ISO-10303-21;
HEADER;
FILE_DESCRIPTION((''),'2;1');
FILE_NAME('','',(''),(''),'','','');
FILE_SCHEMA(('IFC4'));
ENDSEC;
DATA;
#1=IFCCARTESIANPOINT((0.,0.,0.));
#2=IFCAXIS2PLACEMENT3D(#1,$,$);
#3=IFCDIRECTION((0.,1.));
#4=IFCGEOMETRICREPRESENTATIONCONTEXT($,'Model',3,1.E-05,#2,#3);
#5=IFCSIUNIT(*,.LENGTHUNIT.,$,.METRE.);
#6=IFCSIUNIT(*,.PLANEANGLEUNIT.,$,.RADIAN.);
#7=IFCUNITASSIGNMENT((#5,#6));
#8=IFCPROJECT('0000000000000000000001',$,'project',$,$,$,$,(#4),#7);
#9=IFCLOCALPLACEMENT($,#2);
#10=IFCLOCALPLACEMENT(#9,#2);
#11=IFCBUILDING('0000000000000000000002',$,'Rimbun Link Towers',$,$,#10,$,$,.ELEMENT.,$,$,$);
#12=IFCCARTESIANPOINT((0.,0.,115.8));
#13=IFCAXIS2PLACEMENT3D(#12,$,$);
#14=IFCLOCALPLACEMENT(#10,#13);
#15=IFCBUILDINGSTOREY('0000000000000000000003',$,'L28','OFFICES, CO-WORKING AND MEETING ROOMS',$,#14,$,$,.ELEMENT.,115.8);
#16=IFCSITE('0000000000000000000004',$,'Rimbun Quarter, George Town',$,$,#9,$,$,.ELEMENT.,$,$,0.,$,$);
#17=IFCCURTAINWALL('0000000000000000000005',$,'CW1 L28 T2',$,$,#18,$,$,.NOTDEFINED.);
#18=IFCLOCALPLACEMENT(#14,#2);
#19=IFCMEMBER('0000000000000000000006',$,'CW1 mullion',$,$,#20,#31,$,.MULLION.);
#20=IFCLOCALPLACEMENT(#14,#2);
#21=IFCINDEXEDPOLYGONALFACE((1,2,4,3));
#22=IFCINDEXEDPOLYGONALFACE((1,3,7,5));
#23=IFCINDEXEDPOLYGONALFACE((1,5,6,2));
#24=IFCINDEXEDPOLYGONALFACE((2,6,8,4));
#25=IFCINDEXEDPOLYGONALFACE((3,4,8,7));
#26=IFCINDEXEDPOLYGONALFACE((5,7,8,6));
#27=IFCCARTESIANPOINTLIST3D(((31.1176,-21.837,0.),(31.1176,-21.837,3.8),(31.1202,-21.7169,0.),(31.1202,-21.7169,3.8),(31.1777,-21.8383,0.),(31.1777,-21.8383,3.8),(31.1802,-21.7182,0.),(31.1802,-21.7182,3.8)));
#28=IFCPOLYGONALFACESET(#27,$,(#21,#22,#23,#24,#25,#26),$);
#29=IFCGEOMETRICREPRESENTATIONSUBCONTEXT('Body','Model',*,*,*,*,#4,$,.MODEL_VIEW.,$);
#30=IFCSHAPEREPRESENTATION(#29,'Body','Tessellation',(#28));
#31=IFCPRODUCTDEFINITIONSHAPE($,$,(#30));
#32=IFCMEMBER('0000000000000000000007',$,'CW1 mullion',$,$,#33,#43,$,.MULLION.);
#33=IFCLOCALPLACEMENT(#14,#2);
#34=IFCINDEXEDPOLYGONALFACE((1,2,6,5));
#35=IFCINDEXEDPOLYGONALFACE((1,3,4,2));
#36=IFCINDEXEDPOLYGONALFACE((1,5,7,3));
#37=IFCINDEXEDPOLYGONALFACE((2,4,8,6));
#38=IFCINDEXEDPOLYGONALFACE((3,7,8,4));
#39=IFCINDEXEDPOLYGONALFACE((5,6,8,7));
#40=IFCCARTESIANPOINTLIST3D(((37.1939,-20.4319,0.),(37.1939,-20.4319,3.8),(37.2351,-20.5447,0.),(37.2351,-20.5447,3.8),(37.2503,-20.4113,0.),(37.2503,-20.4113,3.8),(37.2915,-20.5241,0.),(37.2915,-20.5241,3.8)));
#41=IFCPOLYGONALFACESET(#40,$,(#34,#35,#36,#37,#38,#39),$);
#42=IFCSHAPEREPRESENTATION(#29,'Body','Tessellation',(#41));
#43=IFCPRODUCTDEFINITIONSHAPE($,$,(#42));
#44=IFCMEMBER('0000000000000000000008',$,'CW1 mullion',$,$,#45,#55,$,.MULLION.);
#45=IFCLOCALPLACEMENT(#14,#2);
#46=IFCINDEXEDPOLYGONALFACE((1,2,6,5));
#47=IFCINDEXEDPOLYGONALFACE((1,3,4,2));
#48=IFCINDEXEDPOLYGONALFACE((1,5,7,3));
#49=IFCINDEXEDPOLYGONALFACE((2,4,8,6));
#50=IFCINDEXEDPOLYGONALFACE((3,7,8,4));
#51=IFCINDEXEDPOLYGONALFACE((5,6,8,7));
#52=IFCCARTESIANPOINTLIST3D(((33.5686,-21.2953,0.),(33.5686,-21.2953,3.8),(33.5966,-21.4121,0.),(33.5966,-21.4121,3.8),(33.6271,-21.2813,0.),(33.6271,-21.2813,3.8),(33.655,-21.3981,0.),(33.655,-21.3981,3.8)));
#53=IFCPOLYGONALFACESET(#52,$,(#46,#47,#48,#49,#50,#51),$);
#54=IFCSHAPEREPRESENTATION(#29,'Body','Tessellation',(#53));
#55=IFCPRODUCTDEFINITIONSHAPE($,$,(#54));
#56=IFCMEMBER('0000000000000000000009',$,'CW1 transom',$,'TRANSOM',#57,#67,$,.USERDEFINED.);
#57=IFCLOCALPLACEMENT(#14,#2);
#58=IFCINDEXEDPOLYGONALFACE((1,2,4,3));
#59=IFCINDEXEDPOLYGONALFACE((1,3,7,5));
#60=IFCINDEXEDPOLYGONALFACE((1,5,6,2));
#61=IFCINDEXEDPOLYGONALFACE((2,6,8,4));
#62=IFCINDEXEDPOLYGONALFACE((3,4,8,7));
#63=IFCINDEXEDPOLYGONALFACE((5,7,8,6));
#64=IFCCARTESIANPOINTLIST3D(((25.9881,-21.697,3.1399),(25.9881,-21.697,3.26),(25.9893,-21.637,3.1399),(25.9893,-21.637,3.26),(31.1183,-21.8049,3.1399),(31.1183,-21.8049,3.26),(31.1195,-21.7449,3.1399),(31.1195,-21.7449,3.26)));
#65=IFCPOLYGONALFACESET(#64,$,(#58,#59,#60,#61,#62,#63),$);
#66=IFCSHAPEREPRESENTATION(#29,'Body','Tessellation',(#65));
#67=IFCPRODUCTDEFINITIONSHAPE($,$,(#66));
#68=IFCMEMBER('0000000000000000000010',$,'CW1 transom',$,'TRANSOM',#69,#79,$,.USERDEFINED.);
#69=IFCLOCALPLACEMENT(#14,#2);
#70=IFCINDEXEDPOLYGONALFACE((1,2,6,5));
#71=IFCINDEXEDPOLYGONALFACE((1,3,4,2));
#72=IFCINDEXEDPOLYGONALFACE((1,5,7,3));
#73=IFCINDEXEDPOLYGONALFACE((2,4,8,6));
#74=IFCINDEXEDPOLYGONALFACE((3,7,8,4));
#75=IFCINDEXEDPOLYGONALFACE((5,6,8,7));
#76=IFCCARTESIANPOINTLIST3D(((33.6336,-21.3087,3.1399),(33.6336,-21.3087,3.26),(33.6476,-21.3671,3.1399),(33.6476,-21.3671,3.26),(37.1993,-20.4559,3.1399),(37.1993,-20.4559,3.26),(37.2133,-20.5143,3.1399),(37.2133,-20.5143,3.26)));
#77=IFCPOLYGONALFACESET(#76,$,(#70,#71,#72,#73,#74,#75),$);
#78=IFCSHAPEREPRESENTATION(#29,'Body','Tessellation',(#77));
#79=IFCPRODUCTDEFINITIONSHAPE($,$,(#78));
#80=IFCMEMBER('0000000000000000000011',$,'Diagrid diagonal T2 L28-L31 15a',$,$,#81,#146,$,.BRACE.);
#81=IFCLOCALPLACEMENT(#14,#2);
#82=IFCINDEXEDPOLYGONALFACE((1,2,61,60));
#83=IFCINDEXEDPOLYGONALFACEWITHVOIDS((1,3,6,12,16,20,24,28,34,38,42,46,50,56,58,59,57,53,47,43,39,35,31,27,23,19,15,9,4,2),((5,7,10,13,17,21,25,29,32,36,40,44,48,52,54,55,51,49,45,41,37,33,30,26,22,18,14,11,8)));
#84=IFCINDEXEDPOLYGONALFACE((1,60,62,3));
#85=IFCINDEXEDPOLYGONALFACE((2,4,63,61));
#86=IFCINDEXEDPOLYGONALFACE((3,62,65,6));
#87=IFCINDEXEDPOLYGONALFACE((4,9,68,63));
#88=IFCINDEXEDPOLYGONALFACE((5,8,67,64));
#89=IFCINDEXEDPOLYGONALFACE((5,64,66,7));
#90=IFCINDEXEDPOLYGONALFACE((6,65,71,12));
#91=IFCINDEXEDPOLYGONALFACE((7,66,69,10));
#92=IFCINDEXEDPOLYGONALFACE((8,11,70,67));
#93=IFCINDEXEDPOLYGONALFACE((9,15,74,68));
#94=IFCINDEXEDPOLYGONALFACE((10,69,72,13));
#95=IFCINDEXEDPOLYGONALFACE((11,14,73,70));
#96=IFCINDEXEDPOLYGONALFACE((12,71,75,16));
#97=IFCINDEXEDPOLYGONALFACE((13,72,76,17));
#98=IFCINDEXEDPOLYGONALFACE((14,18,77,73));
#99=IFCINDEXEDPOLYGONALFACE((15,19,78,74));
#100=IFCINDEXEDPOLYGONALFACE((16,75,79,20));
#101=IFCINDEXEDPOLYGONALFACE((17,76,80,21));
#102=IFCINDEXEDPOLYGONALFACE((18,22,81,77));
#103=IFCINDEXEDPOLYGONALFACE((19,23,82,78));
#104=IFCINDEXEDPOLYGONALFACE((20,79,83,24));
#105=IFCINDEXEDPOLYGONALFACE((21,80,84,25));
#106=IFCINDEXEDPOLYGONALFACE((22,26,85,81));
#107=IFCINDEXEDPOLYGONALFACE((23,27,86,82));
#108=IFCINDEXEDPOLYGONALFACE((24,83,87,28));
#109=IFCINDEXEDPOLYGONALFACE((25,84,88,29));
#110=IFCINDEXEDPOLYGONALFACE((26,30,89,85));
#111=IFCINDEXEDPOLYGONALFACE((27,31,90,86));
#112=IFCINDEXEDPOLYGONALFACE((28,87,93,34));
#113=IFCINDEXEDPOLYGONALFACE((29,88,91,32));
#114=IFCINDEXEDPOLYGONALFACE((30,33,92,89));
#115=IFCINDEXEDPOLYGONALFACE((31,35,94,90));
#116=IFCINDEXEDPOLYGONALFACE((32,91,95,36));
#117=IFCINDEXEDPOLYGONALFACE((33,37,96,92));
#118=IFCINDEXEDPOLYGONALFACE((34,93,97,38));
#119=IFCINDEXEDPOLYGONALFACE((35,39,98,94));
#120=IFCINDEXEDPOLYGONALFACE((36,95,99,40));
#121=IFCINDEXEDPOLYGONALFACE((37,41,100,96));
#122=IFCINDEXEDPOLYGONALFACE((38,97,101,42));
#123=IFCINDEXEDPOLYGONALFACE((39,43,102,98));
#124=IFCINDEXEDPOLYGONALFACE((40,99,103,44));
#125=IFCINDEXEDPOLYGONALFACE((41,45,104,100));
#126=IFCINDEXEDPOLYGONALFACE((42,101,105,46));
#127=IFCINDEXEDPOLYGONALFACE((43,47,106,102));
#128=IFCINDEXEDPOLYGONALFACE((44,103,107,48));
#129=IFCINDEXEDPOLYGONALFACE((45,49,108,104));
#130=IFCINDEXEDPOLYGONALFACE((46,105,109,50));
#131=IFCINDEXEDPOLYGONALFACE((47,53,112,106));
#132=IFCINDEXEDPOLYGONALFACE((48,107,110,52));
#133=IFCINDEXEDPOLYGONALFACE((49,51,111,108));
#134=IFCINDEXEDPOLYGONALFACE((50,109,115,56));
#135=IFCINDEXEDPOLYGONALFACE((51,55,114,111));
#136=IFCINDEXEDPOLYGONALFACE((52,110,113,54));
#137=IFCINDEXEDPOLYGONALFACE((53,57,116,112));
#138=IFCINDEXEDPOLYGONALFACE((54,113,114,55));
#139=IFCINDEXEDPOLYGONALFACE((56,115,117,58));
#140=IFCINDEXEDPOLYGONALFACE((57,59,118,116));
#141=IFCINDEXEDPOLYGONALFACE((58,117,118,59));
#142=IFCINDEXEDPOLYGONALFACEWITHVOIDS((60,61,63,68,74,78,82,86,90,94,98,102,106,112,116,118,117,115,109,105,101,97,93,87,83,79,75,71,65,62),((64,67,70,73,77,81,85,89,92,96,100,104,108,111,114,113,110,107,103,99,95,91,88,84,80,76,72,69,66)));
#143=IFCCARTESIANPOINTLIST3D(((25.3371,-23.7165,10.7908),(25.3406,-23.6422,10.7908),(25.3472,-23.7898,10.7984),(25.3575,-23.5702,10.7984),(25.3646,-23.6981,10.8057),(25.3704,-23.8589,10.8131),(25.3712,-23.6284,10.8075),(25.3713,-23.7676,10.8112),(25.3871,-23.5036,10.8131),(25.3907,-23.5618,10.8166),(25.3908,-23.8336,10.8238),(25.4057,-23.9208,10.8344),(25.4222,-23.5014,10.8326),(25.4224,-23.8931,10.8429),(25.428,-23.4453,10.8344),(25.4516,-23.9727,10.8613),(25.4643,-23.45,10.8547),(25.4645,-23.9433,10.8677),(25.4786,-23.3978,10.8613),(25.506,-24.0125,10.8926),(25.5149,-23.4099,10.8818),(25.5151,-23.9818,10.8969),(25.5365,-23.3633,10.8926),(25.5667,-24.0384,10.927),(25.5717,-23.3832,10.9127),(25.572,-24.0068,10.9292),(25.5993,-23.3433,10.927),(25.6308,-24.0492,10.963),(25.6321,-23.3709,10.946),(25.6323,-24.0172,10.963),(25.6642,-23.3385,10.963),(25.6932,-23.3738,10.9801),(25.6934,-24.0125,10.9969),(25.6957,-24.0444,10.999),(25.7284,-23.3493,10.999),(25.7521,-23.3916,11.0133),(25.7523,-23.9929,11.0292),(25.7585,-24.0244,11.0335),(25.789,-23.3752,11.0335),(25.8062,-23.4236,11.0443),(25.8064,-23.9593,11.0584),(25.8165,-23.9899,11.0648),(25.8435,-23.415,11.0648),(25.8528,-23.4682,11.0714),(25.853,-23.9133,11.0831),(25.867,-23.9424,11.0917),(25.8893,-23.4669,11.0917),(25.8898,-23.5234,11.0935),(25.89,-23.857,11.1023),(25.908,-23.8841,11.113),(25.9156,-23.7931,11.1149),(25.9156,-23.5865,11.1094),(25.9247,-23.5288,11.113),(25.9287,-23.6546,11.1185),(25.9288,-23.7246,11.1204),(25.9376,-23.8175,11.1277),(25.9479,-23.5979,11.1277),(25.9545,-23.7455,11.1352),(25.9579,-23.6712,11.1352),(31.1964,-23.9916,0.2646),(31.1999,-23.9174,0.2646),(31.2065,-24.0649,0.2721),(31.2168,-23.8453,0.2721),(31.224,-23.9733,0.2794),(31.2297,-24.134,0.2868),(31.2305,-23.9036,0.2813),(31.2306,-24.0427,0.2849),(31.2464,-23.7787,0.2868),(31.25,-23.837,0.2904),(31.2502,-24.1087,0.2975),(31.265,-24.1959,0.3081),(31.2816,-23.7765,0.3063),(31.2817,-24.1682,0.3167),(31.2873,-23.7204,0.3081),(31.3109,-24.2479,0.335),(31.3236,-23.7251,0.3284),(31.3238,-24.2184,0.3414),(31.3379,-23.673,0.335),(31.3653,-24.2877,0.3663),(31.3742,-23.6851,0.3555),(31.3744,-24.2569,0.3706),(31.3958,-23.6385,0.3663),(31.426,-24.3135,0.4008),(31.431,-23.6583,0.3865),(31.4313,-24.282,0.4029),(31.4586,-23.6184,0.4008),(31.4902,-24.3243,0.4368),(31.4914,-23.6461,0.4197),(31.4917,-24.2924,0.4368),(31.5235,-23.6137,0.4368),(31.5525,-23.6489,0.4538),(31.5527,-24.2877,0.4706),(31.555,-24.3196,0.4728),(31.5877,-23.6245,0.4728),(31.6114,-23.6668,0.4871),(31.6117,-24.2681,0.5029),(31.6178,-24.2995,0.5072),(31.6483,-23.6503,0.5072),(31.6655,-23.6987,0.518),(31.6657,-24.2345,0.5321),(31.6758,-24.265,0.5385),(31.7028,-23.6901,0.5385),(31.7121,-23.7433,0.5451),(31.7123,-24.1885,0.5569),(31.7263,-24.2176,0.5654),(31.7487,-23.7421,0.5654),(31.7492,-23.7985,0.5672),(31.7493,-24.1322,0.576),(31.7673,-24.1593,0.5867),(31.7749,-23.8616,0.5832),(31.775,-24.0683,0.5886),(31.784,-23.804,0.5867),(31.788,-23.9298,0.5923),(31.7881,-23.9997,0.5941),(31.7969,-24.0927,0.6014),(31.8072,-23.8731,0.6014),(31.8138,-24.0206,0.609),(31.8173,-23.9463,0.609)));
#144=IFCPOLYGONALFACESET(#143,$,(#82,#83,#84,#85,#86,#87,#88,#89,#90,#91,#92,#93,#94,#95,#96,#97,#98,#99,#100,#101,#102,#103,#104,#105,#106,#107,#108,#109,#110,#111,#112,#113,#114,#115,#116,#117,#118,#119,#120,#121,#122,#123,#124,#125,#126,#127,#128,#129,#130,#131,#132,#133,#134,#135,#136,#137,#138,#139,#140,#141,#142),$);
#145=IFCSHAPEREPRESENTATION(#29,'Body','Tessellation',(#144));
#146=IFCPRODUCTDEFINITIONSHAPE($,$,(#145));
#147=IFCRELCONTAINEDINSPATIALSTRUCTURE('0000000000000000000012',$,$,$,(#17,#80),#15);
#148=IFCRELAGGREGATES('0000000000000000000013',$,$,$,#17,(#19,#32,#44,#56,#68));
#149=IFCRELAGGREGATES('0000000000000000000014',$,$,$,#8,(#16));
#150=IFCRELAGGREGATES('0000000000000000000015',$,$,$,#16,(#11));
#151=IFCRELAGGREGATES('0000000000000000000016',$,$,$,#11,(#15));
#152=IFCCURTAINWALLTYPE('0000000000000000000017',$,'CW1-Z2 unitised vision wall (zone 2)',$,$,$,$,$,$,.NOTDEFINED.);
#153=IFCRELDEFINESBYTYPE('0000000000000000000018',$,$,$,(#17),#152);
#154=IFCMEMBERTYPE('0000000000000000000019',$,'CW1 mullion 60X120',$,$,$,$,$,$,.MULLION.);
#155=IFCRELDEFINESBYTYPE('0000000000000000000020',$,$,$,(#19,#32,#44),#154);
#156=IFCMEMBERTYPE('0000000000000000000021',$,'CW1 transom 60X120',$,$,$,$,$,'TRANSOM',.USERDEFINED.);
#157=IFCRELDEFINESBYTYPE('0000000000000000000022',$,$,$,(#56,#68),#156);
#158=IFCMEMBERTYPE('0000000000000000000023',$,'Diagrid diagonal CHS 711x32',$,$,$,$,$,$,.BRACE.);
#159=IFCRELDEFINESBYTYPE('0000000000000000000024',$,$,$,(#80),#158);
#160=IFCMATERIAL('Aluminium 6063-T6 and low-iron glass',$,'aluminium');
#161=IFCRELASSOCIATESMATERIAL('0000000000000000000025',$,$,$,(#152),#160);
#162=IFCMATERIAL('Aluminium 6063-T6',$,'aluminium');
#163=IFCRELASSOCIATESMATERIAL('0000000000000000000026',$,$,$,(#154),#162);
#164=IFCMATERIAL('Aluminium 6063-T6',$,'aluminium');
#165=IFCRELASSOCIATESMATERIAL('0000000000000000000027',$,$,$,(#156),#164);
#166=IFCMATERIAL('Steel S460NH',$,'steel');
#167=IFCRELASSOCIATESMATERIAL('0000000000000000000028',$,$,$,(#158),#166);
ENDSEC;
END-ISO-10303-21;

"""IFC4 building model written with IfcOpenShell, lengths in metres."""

from ifc_helpers import new_model, si_unit, direction, frame, origin, origin_2d, place, context, subcontext, project, spatial, rectangle, hollow_circle, extrude, material, material_profile, profile_set, type_object, element, aggregate, save


model = new_model("IFC4")

# Units and contexts
model_context = context("Model", 3, precision=1e-05, world=origin(), true_north=direction((0.0, 1.0)))
body_context = subcontext(model_context, "Body", "Model", "MODEL_VIEW")
ifc_project = project(units=[si_unit("LENGTHUNIT", "METRE"), si_unit("PLANEANGLEUNIT", "RADIAN")], contexts=[model_context])

# Site, building, storey
site_placement = place(None, origin())
site = spatial("IfcSite", under=ifc_project, at=site_placement, Name="Rimbun Quarter, George Town", CompositionType="ELEMENT", RefElevation=0.0)
building_placement = place(site_placement, origin())
building = spatial("IfcBuilding", under=site, at=building_placement, Name="Rimbun Link Towers", CompositionType="ELEMENT")
storey_placement = place(building_placement, frame((0.0, 0.0, 115.8)))
storey = spatial("IfcBuildingStorey", under=building, at=storey_placement, Name="L28", Description="OFFICES, CO-WORKING AND MEETING ROOMS", CompositionType="ELEMENT", Elevation=115.8)

# Curtain wall, members
ifc_material_1 = material(Name="Aluminium 6063-T6 and low-iron glass", Category="aluminium")
curtain_wall_type = type_object("IfcCurtainWallType", Name="CW1-Z2 unitised vision wall (zone 2)", PredefinedType="NOTDEFINED", material=ifc_material_1)
curtain_wall_placement = place(storey_placement, origin())
curtain_wall = element("IfcCurtainWall", 1, at=curtain_wall_placement, inside=storey, type_object=curtain_wall_type, Name="CW1 L28 T2", PredefinedType="NOTDEFINED")
ifc_material_2 = material(Name="Aluminium 6063-T6", Category="aluminium")
ifc_material_profile_1 = material_profile(ifc_material_2, rectangle(XDim=0.1201, YDim=0.0601, at=origin_2d()), Name="MULLION 60X120")
ifc_profile_set_1 = profile_set([ifc_material_profile_1], Name="Aluminium 6063-T6")
member_type_1 = type_object("IfcMemberType", Name="CW1 mullion 60X120", PredefinedType="MULLION", material=ifc_profile_set_1)
member_1_placement = place(storey_placement, frame((31.1489, -21.7776, 0.0), z_axis=(0.0, 0.0, 1.0), x_axis=(-0.021066, -0.999778, 0.0)))
member_1 = element("IfcMember", 2, at=member_1_placement, type_object=member_type_1, Name="CW1 mullion", PredefinedType="MULLION", context=body_context, shape_type="SweptSolid", body=[
    extrude(rectangle(XDim=0.1201, YDim=0.0601, at=origin_2d()), origin(), (0.0, 0.0, 1.0), 3.8),
])
member_2_placement = place(storey_placement, frame((37.2427, -20.478, 0.0), z_axis=(0.0, 0.0, 1.0), x_axis=(0.342975, -0.939345, 0.0)))
member_2 = element("IfcMember", 3, at=member_2_placement, type_object=member_type_1, Name="CW1 mullion", PredefinedType="MULLION", context=body_context, shape_type="SweptSolid", body=[
    extrude(rectangle(XDim=0.1201, YDim=0.0601, at=origin_2d()), origin(), (0.0, 0.0, 1.0), 3.8),
])
member_3_placement = place(storey_placement, frame((33.6118, -21.3467, 0.0), z_axis=(0.0, 0.0, 1.0), x_axis=(0.232603, -0.972572, 0.0)))
member_3 = element("IfcMember", 4, at=member_3_placement, type_object=member_type_1, Name="CW1 mullion", PredefinedType="MULLION", context=body_context, shape_type="SweptSolid", body=[
    extrude(rectangle(XDim=0.1201, YDim=0.0601, at=origin_2d()), origin(), (0.0, 0.0, 1.0), 3.8),
])
ifc_material_3 = material(Name="Aluminium 6063-T6", Category="aluminium")
ifc_material_profile_2 = material_profile(ifc_material_3, rectangle(XDim=0.0601, YDim=0.1201, at=origin_2d()), Name="TRANSOM 60X120")
ifc_profile_set_2 = profile_set([ifc_material_profile_2], Name="Aluminium 6063-T6")
member_type_2 = type_object("IfcMemberType", Name="CW1 transom 60X120", ElementType="TRANSOM", PredefinedType="USERDEFINED", material=ifc_profile_set_2)
member_4_placement = place(storey_placement, frame((31.1189, -21.7749, 3.2), z_axis=(-0.999779, 0.02103, 0.0), x_axis=(-0.02103, -0.999779, 0.0)))
member_4 = element("IfcMember", 5, at=member_4_placement, type_object=member_type_2, Name="CW1 transom", ObjectType="TRANSOM", PredefinedType="USERDEFINED", context=body_context, shape_type="SweptSolid", body=[
    extrude(rectangle(XDim=0.0601, YDim=0.1201, at=origin_2d()), origin(), (0.0, 0.0, 1.0), 5.1313),
])
member_5_placement = place(storey_placement, frame((37.2063, -20.4851, 3.2), z_axis=(-0.972571, -0.232605, 0.0), x_axis=(0.232605, -0.972571, 0.0)))
member_5 = element("IfcMember", 6, at=member_5_placement, type_object=member_type_2, Name="CW1 transom", ObjectType="TRANSOM", PredefinedType="USERDEFINED", context=body_context, shape_type="SweptSolid", body=[
    extrude(rectangle(XDim=0.0601, YDim=0.1201, at=origin_2d()), origin(), (0.0, 0.0, 1.0), 3.6663),
])

# Member
ifc_material_4 = material(Name="Steel S460NH", Category="steel")
ifc_material_profile_3 = material_profile(ifc_material_4, hollow_circle(Radius=0.3557, WallThickness=0.032, at=origin_2d()), Name="Diagrid diagonal CHS 711x32")
ifc_profile_set_3 = profile_set([ifc_material_profile_3], Name="Steel S460NH")
member_type_3 = type_object("IfcMemberType", Name="Diagrid diagonal CHS 711x32", PredefinedType="BRACE", material=ifc_profile_set_3)
member_6_placement = place(storey_placement, frame((31.5068, -23.969, 0.4368), z_axis=(-0.486239, 0.022833, 0.873528), x_axis=(-0.046907, -0.998899, 0.0)))
element("IfcMember", 7, at=member_6_placement, inside=storey, type_object=member_type_3, Name="Diagrid diagonal T2 L28-L31 15a", PredefinedType="BRACE", context=body_context, shape_type="SweptSolid", body=[
    extrude(hollow_circle(Radius=0.3557, WallThickness=0.032, at=origin_2d()), origin(), (0.0, 0.0, 1.0), 12.0503),
])

aggregate(curtain_wall, [member_1, member_2, member_3, member_4, member_5])

save(model, "model.ifc")
